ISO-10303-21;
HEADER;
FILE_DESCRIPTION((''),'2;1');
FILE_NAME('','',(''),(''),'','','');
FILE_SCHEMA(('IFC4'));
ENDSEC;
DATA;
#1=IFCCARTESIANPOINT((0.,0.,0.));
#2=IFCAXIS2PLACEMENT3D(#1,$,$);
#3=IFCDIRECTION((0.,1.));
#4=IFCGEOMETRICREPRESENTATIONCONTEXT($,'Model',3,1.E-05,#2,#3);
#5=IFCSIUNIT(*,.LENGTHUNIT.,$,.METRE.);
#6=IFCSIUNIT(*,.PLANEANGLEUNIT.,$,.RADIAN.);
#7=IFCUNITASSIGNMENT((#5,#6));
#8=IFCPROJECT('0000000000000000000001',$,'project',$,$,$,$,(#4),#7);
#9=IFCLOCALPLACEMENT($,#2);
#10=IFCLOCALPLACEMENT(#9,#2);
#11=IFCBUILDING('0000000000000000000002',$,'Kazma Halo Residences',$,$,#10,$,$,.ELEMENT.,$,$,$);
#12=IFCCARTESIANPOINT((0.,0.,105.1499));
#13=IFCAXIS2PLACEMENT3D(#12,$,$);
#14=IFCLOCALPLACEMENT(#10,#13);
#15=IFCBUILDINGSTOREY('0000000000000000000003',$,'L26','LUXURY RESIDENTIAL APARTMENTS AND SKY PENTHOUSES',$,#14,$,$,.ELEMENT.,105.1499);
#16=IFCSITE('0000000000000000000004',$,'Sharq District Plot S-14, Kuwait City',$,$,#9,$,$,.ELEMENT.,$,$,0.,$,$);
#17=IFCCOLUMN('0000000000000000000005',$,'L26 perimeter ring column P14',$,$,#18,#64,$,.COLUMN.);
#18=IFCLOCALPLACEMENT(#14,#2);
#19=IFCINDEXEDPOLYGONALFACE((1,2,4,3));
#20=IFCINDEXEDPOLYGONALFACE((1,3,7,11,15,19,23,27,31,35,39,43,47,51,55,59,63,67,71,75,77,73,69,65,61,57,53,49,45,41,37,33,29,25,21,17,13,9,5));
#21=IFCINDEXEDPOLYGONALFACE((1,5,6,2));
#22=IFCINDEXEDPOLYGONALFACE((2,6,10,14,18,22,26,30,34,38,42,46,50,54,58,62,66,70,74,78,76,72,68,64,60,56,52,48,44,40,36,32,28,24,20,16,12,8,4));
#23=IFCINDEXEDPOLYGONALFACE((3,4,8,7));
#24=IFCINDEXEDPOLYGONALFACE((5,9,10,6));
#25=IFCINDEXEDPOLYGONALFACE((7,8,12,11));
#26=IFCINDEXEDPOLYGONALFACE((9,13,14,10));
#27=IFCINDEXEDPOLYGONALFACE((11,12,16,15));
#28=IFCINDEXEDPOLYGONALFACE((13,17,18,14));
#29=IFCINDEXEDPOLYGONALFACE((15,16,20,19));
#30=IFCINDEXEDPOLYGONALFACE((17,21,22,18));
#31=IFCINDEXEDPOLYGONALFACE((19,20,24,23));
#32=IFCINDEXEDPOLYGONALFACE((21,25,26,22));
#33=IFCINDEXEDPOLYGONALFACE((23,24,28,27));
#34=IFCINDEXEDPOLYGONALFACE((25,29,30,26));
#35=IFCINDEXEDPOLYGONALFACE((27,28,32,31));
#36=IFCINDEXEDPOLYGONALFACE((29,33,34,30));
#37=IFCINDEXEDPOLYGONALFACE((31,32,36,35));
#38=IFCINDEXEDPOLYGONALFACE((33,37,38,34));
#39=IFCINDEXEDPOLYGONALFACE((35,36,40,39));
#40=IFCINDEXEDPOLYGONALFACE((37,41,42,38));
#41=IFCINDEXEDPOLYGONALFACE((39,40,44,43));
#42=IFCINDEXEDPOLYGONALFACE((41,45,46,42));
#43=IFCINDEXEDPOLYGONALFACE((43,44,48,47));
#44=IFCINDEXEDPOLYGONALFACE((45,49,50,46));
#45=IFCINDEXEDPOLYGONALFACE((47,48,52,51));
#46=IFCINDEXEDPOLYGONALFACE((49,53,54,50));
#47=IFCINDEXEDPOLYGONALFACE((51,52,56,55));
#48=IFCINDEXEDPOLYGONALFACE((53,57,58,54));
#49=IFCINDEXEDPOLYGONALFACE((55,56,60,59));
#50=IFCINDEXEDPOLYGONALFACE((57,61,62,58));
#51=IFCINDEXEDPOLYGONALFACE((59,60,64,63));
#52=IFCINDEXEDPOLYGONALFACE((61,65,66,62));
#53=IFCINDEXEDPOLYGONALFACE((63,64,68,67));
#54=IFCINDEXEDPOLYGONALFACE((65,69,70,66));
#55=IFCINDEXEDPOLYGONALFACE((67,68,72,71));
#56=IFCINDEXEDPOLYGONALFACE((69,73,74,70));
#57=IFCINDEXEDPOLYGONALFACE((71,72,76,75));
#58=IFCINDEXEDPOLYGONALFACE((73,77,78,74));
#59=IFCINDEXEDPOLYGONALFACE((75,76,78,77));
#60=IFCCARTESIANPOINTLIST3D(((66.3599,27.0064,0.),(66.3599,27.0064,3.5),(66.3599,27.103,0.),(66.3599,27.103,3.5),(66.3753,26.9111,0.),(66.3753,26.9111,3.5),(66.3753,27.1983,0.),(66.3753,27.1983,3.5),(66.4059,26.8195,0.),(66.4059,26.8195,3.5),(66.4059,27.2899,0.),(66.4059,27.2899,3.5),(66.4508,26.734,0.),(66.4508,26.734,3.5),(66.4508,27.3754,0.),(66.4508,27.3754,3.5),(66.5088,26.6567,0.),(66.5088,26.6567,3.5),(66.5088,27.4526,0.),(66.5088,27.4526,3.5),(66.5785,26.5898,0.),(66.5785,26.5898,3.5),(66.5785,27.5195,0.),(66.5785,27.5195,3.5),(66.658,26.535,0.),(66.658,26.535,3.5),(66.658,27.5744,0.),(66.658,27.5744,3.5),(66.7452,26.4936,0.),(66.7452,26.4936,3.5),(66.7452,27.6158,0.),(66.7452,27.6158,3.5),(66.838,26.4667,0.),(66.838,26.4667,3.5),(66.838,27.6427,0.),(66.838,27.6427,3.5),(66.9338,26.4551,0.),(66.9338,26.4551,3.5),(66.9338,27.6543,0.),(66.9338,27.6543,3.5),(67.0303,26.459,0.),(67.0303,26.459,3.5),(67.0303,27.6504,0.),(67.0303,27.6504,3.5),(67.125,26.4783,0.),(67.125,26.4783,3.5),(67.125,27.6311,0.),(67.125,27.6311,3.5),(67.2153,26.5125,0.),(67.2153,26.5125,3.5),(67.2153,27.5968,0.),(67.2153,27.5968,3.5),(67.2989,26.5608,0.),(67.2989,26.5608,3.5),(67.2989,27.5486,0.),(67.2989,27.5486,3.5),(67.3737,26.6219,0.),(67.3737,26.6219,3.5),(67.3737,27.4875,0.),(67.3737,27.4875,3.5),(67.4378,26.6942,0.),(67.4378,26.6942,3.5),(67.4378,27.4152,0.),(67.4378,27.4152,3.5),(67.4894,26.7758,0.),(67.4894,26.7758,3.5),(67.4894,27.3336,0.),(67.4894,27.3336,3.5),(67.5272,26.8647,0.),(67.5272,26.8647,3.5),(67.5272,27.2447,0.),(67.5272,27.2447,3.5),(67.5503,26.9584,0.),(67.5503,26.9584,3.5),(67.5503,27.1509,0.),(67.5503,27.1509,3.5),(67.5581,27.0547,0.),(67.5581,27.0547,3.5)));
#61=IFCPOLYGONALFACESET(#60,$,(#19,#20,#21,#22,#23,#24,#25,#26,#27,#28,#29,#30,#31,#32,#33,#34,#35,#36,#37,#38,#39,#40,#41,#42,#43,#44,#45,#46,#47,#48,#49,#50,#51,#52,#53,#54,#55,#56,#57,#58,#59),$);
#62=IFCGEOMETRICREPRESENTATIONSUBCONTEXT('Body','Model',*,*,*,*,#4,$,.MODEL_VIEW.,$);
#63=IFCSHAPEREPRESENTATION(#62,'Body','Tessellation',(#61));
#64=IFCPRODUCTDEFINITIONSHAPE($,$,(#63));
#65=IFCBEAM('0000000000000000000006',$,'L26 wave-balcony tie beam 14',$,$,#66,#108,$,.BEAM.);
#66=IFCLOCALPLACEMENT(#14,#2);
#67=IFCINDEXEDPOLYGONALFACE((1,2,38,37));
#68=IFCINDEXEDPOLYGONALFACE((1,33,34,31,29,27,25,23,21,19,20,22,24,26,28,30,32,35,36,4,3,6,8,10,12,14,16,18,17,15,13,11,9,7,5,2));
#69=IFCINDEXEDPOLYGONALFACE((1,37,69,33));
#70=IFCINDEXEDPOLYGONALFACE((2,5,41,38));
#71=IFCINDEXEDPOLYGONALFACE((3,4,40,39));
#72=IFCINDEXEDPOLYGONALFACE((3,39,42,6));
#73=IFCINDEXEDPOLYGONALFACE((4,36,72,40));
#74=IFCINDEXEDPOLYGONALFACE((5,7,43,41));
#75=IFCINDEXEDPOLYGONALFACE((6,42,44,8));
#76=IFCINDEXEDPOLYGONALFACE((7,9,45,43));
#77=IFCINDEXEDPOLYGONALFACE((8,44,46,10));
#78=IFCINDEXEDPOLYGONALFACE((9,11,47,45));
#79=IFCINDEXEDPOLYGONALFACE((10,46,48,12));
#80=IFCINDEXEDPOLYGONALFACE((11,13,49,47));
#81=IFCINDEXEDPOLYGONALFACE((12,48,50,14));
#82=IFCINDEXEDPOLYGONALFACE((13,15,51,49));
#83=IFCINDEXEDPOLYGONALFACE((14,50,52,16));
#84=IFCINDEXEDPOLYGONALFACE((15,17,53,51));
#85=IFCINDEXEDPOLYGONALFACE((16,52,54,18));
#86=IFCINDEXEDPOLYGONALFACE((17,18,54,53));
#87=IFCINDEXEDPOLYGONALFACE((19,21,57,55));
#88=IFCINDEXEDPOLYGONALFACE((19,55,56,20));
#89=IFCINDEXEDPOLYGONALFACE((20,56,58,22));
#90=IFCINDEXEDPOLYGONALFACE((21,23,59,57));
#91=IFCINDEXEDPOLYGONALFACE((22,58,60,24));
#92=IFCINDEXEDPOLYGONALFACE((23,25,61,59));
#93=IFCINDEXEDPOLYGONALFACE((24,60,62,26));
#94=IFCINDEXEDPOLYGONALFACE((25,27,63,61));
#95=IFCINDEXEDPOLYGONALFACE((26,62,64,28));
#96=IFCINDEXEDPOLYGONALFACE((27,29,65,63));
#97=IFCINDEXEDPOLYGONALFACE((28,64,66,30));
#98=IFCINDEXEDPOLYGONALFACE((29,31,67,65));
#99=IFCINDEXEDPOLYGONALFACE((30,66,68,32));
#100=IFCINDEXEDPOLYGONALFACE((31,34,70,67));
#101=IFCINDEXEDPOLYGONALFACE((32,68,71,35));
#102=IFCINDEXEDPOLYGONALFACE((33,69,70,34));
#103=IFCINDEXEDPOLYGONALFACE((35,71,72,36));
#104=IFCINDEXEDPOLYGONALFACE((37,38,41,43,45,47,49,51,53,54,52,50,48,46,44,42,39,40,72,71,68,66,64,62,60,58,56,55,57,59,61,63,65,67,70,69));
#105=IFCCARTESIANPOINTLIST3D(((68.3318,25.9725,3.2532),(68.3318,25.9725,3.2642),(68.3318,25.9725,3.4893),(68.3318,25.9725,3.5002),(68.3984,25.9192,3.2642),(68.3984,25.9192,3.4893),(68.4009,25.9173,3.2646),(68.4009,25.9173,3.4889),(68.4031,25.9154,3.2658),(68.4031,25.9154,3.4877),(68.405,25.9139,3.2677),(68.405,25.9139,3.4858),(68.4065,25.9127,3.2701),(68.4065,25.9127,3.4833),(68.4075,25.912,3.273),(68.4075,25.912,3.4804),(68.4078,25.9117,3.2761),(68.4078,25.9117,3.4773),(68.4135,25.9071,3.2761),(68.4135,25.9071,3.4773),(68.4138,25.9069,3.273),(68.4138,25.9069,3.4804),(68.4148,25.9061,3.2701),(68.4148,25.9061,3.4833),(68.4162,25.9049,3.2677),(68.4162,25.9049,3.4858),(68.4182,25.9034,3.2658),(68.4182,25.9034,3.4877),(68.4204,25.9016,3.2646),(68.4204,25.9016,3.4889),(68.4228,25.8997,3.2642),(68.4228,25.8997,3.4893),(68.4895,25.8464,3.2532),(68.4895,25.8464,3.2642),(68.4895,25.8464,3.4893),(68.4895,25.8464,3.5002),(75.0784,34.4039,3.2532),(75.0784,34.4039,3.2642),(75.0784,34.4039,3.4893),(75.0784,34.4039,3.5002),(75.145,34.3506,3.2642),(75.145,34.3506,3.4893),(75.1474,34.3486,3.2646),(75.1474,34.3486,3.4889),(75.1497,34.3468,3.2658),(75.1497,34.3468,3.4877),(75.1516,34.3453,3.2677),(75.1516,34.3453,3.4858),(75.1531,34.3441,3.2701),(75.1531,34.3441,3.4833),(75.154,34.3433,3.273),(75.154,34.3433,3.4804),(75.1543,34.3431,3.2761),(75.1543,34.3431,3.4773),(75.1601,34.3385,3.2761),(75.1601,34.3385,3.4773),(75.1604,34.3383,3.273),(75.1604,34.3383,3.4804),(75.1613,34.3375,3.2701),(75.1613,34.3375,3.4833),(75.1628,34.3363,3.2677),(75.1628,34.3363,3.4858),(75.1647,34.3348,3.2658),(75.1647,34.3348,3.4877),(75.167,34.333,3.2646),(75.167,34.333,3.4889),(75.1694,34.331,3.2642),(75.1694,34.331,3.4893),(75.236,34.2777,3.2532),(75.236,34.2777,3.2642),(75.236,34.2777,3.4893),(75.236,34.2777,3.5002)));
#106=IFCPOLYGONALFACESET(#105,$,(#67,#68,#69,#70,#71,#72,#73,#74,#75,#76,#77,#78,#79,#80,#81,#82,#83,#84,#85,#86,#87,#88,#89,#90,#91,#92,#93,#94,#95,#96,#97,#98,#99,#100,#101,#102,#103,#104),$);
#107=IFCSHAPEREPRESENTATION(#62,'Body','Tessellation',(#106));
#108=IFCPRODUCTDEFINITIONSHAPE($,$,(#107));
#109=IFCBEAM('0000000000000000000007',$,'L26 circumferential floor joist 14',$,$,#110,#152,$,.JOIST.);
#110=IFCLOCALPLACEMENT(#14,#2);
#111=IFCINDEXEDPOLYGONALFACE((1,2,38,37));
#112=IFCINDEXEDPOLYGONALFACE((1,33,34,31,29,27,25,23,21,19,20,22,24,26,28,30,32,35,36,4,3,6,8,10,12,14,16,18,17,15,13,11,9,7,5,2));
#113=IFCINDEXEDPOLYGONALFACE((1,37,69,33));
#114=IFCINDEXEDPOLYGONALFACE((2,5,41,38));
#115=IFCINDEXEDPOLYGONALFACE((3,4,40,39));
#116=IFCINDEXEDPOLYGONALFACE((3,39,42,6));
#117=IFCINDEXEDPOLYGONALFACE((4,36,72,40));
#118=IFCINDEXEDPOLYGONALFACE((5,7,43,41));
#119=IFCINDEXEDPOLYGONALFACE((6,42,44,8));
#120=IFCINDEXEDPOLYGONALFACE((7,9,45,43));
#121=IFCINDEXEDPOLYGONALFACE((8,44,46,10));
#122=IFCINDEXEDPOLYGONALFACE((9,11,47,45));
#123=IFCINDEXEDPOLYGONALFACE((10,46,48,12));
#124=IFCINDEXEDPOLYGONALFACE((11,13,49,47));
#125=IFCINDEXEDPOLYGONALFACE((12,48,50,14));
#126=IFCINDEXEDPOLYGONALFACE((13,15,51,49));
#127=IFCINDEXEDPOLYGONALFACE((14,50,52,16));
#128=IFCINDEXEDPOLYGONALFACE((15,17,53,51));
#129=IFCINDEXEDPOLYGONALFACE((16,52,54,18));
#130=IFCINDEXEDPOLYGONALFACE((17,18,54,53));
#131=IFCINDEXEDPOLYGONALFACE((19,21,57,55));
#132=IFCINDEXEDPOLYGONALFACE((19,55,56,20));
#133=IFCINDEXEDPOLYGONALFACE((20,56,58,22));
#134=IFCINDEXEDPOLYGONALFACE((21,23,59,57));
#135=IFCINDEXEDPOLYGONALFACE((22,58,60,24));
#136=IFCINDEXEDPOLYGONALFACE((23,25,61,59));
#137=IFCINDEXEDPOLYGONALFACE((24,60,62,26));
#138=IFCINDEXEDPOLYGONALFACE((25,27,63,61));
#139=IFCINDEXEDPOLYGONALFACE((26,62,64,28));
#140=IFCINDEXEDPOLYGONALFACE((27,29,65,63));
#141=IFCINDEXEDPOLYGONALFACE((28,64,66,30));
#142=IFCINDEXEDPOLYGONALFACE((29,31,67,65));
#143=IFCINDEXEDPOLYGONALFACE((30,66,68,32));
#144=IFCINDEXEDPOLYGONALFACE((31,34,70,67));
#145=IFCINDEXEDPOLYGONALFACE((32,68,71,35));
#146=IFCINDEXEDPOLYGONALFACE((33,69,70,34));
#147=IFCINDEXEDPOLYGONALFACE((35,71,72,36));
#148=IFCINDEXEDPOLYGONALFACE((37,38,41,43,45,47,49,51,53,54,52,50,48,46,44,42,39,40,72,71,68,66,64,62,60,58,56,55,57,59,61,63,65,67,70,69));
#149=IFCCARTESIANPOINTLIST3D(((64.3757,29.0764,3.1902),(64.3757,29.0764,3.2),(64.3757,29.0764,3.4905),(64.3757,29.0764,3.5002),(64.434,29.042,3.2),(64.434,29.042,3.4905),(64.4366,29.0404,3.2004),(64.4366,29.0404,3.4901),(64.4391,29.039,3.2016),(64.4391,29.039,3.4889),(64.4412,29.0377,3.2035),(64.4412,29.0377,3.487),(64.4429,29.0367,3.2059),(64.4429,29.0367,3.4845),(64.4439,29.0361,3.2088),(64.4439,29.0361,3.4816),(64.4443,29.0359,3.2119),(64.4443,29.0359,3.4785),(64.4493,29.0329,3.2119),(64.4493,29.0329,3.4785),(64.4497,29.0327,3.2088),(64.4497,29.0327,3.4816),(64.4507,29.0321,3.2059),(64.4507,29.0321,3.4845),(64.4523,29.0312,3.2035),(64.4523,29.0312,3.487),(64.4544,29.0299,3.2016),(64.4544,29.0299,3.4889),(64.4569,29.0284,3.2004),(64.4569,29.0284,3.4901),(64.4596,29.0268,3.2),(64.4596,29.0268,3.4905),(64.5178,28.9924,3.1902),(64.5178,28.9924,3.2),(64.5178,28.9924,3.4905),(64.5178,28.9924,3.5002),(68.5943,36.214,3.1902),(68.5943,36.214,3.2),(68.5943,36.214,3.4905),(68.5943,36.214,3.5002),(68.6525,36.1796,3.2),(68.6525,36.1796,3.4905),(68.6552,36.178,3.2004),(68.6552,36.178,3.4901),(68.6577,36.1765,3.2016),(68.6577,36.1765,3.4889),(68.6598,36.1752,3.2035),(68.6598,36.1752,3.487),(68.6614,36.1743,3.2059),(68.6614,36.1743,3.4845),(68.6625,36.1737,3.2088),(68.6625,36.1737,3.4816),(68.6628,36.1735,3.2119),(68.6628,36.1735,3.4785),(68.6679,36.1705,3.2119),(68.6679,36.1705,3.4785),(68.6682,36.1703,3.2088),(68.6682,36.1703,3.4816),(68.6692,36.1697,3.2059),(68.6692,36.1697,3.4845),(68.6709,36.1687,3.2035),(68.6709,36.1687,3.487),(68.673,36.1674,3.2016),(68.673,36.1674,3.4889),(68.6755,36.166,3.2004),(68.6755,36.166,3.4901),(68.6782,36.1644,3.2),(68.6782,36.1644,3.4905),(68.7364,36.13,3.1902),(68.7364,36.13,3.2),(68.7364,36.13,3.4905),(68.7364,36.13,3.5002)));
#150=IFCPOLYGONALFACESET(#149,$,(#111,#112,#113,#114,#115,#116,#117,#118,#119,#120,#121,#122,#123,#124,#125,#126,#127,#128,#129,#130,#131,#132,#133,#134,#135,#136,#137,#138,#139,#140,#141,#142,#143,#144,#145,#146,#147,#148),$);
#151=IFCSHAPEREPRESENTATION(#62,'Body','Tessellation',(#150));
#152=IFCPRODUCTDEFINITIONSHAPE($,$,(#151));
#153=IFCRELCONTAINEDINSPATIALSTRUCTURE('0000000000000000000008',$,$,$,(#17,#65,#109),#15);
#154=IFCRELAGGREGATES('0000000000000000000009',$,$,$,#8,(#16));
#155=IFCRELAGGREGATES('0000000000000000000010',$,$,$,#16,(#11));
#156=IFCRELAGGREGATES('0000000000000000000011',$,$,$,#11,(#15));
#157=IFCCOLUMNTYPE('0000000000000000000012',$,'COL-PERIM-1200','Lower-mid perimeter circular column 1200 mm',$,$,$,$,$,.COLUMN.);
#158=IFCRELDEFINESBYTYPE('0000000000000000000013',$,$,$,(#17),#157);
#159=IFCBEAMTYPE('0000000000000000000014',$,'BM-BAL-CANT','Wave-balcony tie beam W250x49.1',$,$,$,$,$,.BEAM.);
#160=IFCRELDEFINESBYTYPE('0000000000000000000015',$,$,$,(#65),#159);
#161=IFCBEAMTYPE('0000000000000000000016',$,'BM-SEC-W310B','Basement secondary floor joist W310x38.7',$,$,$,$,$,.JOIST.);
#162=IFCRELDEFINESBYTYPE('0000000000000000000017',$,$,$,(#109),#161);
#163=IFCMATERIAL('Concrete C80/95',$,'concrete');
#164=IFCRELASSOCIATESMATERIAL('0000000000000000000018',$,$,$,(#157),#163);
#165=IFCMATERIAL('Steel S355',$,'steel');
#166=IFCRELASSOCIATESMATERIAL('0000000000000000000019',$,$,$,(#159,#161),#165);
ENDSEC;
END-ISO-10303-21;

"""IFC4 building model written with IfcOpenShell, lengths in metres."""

from ifc_helpers import new_model, si_unit, direction, frame, origin, origin_2d, place, context, subcontext, project, spatial, circle, i_section, extrude, material, material_profile, profile_set, type_object, element, save


model = new_model("IFC4")

# Units and contexts
model_context = context("Model", 3, precision=1e-05, world=origin(), true_north=direction((0.0, 1.0)))
body_context = subcontext(model_context, "Body", "Model", "MODEL_VIEW")
ifc_project = project(units=[si_unit("LENGTHUNIT", "METRE"), si_unit("PLANEANGLEUNIT", "RADIAN")], contexts=[model_context])

# Site, building, storey
site_placement = place(None, origin())
site = spatial("IfcSite", under=ifc_project, at=site_placement, Name="Sharq District Plot S-14, Kuwait City", CompositionType="ELEMENT", RefElevation=0.0)
building_placement = place(site_placement, origin())
building = spatial("IfcBuilding", under=site, at=building_placement, Name="Kazma Halo Residences", CompositionType="ELEMENT")
storey_placement = place(building_placement, frame((0.0, 0.0, 105.1499)))
storey = spatial("IfcBuildingStorey", under=building, at=storey_placement, Name="L26", Description="LUXURY RESIDENTIAL APARTMENTS AND SKY PENTHOUSES", CompositionType="ELEMENT", Elevation=105.1499)

# Column
ifc_material_1 = material(Name="Concrete C80/95", Category="concrete")
ifc_material_profile_1 = material_profile(ifc_material_1, circle(Radius=0.6001, at=origin_2d()), Name="CIRC1200")
ifc_profile_set_1 = profile_set([ifc_material_profile_1], Name="Concrete C80/95")
column_type = type_object("IfcColumnType", Name="COL-PERIM-1200", Description="Lower-mid perimeter circular column 1200 mm", PredefinedType="COLUMN", material=ifc_profile_set_1)
column_placement = place(storey_placement, frame((66.958, 27.0547, 0.0), z_axis=(0.0, 0.0, 1.0), x_axis=(1.0, 0.0, 0.0)))
element("IfcColumn", 1, at=column_placement, inside=storey, type_object=column_type, Name="L26 perimeter ring column P14", PredefinedType="COLUMN", context=body_context, shape_type="SweptSolid", body=[
    extrude(circle(Radius=0.6001, at=origin_2d()), origin(), (0.0, 0.0, 1.0), 3.5),
])

# Beams
ifc_material_2 = material(Name="Steel S355", Category="steel")
ifc_material_profile_2 = material_profile(ifc_material_2, i_section(OverallWidth=0.2019, OverallDepth=0.2471, WebThickness=0.0073, FlangeThickness=0.011, FilletRadius=0.012, at=origin_2d()), Name="W250x49.1")
ifc_profile_set_2 = profile_set([ifc_material_profile_2], Name="Steel S355")
beam_type_1 = type_object("IfcBeamType", Name="BM-BAL-CANT", Description="Wave-balcony tie beam W250x49.1", PredefinedType="BEAM", material=ifc_profile_set_2)
beam_1_placement = place(storey_placement, frame((68.4106, 25.9094, 3.3767), z_axis=(0.624778, 0.780803, 0.0), x_axis=(-0.780803, 0.624778, 0.0)))
element("IfcBeam", 2, at=beam_1_placement, inside=storey, type_object=beam_type_1, Name="L26 wave-balcony tie beam 14", PredefinedType="BEAM", context=body_context, shape_type="SweptSolid", body=[
    extrude(i_section(OverallWidth=0.2019, OverallDepth=0.2471, WebThickness=0.0073, FlangeThickness=0.011, FilletRadius=0.012, at=origin_2d()), origin(), (0.0, 0.0, 1.0), 10.7983),
])
ifc_material_profile_3 = material_profile(ifc_material_2, i_section(OverallWidth=0.165, OverallDepth=0.3101, WebThickness=0.0059, FlangeThickness=0.0098, FilletRadius=0.012, at=origin_2d()), Name="W310x38.7")
ifc_profile_set_3 = profile_set([ifc_material_profile_3], Name="Steel S355")
beam_type_2 = type_object("IfcBeamType", Name="BM-SEC-W310B", Description="Basement secondary floor joist W310x38.7", PredefinedType="JOIST", material=ifc_profile_set_3)
beam_2_placement = place(storey_placement, frame((64.4468, 29.0344, 3.3452), z_axis=(0.508812, 0.860878, 0.0), x_axis=(-0.860878, 0.508812, 0.0)))
element("IfcBeam", 3, at=beam_2_placement, inside=storey, type_object=beam_type_2, Name="L26 circumferential floor joist 14", PredefinedType="JOIST", context=body_context, shape_type="SweptSolid", body=[
    extrude(i_section(OverallWidth=0.165, OverallDepth=0.3101, WebThickness=0.0059, FlangeThickness=0.0098, FilletRadius=0.012, at=origin_2d()), origin(), (0.0, 0.0, 1.0), 8.291),
])

save(model, "model.ifc")
